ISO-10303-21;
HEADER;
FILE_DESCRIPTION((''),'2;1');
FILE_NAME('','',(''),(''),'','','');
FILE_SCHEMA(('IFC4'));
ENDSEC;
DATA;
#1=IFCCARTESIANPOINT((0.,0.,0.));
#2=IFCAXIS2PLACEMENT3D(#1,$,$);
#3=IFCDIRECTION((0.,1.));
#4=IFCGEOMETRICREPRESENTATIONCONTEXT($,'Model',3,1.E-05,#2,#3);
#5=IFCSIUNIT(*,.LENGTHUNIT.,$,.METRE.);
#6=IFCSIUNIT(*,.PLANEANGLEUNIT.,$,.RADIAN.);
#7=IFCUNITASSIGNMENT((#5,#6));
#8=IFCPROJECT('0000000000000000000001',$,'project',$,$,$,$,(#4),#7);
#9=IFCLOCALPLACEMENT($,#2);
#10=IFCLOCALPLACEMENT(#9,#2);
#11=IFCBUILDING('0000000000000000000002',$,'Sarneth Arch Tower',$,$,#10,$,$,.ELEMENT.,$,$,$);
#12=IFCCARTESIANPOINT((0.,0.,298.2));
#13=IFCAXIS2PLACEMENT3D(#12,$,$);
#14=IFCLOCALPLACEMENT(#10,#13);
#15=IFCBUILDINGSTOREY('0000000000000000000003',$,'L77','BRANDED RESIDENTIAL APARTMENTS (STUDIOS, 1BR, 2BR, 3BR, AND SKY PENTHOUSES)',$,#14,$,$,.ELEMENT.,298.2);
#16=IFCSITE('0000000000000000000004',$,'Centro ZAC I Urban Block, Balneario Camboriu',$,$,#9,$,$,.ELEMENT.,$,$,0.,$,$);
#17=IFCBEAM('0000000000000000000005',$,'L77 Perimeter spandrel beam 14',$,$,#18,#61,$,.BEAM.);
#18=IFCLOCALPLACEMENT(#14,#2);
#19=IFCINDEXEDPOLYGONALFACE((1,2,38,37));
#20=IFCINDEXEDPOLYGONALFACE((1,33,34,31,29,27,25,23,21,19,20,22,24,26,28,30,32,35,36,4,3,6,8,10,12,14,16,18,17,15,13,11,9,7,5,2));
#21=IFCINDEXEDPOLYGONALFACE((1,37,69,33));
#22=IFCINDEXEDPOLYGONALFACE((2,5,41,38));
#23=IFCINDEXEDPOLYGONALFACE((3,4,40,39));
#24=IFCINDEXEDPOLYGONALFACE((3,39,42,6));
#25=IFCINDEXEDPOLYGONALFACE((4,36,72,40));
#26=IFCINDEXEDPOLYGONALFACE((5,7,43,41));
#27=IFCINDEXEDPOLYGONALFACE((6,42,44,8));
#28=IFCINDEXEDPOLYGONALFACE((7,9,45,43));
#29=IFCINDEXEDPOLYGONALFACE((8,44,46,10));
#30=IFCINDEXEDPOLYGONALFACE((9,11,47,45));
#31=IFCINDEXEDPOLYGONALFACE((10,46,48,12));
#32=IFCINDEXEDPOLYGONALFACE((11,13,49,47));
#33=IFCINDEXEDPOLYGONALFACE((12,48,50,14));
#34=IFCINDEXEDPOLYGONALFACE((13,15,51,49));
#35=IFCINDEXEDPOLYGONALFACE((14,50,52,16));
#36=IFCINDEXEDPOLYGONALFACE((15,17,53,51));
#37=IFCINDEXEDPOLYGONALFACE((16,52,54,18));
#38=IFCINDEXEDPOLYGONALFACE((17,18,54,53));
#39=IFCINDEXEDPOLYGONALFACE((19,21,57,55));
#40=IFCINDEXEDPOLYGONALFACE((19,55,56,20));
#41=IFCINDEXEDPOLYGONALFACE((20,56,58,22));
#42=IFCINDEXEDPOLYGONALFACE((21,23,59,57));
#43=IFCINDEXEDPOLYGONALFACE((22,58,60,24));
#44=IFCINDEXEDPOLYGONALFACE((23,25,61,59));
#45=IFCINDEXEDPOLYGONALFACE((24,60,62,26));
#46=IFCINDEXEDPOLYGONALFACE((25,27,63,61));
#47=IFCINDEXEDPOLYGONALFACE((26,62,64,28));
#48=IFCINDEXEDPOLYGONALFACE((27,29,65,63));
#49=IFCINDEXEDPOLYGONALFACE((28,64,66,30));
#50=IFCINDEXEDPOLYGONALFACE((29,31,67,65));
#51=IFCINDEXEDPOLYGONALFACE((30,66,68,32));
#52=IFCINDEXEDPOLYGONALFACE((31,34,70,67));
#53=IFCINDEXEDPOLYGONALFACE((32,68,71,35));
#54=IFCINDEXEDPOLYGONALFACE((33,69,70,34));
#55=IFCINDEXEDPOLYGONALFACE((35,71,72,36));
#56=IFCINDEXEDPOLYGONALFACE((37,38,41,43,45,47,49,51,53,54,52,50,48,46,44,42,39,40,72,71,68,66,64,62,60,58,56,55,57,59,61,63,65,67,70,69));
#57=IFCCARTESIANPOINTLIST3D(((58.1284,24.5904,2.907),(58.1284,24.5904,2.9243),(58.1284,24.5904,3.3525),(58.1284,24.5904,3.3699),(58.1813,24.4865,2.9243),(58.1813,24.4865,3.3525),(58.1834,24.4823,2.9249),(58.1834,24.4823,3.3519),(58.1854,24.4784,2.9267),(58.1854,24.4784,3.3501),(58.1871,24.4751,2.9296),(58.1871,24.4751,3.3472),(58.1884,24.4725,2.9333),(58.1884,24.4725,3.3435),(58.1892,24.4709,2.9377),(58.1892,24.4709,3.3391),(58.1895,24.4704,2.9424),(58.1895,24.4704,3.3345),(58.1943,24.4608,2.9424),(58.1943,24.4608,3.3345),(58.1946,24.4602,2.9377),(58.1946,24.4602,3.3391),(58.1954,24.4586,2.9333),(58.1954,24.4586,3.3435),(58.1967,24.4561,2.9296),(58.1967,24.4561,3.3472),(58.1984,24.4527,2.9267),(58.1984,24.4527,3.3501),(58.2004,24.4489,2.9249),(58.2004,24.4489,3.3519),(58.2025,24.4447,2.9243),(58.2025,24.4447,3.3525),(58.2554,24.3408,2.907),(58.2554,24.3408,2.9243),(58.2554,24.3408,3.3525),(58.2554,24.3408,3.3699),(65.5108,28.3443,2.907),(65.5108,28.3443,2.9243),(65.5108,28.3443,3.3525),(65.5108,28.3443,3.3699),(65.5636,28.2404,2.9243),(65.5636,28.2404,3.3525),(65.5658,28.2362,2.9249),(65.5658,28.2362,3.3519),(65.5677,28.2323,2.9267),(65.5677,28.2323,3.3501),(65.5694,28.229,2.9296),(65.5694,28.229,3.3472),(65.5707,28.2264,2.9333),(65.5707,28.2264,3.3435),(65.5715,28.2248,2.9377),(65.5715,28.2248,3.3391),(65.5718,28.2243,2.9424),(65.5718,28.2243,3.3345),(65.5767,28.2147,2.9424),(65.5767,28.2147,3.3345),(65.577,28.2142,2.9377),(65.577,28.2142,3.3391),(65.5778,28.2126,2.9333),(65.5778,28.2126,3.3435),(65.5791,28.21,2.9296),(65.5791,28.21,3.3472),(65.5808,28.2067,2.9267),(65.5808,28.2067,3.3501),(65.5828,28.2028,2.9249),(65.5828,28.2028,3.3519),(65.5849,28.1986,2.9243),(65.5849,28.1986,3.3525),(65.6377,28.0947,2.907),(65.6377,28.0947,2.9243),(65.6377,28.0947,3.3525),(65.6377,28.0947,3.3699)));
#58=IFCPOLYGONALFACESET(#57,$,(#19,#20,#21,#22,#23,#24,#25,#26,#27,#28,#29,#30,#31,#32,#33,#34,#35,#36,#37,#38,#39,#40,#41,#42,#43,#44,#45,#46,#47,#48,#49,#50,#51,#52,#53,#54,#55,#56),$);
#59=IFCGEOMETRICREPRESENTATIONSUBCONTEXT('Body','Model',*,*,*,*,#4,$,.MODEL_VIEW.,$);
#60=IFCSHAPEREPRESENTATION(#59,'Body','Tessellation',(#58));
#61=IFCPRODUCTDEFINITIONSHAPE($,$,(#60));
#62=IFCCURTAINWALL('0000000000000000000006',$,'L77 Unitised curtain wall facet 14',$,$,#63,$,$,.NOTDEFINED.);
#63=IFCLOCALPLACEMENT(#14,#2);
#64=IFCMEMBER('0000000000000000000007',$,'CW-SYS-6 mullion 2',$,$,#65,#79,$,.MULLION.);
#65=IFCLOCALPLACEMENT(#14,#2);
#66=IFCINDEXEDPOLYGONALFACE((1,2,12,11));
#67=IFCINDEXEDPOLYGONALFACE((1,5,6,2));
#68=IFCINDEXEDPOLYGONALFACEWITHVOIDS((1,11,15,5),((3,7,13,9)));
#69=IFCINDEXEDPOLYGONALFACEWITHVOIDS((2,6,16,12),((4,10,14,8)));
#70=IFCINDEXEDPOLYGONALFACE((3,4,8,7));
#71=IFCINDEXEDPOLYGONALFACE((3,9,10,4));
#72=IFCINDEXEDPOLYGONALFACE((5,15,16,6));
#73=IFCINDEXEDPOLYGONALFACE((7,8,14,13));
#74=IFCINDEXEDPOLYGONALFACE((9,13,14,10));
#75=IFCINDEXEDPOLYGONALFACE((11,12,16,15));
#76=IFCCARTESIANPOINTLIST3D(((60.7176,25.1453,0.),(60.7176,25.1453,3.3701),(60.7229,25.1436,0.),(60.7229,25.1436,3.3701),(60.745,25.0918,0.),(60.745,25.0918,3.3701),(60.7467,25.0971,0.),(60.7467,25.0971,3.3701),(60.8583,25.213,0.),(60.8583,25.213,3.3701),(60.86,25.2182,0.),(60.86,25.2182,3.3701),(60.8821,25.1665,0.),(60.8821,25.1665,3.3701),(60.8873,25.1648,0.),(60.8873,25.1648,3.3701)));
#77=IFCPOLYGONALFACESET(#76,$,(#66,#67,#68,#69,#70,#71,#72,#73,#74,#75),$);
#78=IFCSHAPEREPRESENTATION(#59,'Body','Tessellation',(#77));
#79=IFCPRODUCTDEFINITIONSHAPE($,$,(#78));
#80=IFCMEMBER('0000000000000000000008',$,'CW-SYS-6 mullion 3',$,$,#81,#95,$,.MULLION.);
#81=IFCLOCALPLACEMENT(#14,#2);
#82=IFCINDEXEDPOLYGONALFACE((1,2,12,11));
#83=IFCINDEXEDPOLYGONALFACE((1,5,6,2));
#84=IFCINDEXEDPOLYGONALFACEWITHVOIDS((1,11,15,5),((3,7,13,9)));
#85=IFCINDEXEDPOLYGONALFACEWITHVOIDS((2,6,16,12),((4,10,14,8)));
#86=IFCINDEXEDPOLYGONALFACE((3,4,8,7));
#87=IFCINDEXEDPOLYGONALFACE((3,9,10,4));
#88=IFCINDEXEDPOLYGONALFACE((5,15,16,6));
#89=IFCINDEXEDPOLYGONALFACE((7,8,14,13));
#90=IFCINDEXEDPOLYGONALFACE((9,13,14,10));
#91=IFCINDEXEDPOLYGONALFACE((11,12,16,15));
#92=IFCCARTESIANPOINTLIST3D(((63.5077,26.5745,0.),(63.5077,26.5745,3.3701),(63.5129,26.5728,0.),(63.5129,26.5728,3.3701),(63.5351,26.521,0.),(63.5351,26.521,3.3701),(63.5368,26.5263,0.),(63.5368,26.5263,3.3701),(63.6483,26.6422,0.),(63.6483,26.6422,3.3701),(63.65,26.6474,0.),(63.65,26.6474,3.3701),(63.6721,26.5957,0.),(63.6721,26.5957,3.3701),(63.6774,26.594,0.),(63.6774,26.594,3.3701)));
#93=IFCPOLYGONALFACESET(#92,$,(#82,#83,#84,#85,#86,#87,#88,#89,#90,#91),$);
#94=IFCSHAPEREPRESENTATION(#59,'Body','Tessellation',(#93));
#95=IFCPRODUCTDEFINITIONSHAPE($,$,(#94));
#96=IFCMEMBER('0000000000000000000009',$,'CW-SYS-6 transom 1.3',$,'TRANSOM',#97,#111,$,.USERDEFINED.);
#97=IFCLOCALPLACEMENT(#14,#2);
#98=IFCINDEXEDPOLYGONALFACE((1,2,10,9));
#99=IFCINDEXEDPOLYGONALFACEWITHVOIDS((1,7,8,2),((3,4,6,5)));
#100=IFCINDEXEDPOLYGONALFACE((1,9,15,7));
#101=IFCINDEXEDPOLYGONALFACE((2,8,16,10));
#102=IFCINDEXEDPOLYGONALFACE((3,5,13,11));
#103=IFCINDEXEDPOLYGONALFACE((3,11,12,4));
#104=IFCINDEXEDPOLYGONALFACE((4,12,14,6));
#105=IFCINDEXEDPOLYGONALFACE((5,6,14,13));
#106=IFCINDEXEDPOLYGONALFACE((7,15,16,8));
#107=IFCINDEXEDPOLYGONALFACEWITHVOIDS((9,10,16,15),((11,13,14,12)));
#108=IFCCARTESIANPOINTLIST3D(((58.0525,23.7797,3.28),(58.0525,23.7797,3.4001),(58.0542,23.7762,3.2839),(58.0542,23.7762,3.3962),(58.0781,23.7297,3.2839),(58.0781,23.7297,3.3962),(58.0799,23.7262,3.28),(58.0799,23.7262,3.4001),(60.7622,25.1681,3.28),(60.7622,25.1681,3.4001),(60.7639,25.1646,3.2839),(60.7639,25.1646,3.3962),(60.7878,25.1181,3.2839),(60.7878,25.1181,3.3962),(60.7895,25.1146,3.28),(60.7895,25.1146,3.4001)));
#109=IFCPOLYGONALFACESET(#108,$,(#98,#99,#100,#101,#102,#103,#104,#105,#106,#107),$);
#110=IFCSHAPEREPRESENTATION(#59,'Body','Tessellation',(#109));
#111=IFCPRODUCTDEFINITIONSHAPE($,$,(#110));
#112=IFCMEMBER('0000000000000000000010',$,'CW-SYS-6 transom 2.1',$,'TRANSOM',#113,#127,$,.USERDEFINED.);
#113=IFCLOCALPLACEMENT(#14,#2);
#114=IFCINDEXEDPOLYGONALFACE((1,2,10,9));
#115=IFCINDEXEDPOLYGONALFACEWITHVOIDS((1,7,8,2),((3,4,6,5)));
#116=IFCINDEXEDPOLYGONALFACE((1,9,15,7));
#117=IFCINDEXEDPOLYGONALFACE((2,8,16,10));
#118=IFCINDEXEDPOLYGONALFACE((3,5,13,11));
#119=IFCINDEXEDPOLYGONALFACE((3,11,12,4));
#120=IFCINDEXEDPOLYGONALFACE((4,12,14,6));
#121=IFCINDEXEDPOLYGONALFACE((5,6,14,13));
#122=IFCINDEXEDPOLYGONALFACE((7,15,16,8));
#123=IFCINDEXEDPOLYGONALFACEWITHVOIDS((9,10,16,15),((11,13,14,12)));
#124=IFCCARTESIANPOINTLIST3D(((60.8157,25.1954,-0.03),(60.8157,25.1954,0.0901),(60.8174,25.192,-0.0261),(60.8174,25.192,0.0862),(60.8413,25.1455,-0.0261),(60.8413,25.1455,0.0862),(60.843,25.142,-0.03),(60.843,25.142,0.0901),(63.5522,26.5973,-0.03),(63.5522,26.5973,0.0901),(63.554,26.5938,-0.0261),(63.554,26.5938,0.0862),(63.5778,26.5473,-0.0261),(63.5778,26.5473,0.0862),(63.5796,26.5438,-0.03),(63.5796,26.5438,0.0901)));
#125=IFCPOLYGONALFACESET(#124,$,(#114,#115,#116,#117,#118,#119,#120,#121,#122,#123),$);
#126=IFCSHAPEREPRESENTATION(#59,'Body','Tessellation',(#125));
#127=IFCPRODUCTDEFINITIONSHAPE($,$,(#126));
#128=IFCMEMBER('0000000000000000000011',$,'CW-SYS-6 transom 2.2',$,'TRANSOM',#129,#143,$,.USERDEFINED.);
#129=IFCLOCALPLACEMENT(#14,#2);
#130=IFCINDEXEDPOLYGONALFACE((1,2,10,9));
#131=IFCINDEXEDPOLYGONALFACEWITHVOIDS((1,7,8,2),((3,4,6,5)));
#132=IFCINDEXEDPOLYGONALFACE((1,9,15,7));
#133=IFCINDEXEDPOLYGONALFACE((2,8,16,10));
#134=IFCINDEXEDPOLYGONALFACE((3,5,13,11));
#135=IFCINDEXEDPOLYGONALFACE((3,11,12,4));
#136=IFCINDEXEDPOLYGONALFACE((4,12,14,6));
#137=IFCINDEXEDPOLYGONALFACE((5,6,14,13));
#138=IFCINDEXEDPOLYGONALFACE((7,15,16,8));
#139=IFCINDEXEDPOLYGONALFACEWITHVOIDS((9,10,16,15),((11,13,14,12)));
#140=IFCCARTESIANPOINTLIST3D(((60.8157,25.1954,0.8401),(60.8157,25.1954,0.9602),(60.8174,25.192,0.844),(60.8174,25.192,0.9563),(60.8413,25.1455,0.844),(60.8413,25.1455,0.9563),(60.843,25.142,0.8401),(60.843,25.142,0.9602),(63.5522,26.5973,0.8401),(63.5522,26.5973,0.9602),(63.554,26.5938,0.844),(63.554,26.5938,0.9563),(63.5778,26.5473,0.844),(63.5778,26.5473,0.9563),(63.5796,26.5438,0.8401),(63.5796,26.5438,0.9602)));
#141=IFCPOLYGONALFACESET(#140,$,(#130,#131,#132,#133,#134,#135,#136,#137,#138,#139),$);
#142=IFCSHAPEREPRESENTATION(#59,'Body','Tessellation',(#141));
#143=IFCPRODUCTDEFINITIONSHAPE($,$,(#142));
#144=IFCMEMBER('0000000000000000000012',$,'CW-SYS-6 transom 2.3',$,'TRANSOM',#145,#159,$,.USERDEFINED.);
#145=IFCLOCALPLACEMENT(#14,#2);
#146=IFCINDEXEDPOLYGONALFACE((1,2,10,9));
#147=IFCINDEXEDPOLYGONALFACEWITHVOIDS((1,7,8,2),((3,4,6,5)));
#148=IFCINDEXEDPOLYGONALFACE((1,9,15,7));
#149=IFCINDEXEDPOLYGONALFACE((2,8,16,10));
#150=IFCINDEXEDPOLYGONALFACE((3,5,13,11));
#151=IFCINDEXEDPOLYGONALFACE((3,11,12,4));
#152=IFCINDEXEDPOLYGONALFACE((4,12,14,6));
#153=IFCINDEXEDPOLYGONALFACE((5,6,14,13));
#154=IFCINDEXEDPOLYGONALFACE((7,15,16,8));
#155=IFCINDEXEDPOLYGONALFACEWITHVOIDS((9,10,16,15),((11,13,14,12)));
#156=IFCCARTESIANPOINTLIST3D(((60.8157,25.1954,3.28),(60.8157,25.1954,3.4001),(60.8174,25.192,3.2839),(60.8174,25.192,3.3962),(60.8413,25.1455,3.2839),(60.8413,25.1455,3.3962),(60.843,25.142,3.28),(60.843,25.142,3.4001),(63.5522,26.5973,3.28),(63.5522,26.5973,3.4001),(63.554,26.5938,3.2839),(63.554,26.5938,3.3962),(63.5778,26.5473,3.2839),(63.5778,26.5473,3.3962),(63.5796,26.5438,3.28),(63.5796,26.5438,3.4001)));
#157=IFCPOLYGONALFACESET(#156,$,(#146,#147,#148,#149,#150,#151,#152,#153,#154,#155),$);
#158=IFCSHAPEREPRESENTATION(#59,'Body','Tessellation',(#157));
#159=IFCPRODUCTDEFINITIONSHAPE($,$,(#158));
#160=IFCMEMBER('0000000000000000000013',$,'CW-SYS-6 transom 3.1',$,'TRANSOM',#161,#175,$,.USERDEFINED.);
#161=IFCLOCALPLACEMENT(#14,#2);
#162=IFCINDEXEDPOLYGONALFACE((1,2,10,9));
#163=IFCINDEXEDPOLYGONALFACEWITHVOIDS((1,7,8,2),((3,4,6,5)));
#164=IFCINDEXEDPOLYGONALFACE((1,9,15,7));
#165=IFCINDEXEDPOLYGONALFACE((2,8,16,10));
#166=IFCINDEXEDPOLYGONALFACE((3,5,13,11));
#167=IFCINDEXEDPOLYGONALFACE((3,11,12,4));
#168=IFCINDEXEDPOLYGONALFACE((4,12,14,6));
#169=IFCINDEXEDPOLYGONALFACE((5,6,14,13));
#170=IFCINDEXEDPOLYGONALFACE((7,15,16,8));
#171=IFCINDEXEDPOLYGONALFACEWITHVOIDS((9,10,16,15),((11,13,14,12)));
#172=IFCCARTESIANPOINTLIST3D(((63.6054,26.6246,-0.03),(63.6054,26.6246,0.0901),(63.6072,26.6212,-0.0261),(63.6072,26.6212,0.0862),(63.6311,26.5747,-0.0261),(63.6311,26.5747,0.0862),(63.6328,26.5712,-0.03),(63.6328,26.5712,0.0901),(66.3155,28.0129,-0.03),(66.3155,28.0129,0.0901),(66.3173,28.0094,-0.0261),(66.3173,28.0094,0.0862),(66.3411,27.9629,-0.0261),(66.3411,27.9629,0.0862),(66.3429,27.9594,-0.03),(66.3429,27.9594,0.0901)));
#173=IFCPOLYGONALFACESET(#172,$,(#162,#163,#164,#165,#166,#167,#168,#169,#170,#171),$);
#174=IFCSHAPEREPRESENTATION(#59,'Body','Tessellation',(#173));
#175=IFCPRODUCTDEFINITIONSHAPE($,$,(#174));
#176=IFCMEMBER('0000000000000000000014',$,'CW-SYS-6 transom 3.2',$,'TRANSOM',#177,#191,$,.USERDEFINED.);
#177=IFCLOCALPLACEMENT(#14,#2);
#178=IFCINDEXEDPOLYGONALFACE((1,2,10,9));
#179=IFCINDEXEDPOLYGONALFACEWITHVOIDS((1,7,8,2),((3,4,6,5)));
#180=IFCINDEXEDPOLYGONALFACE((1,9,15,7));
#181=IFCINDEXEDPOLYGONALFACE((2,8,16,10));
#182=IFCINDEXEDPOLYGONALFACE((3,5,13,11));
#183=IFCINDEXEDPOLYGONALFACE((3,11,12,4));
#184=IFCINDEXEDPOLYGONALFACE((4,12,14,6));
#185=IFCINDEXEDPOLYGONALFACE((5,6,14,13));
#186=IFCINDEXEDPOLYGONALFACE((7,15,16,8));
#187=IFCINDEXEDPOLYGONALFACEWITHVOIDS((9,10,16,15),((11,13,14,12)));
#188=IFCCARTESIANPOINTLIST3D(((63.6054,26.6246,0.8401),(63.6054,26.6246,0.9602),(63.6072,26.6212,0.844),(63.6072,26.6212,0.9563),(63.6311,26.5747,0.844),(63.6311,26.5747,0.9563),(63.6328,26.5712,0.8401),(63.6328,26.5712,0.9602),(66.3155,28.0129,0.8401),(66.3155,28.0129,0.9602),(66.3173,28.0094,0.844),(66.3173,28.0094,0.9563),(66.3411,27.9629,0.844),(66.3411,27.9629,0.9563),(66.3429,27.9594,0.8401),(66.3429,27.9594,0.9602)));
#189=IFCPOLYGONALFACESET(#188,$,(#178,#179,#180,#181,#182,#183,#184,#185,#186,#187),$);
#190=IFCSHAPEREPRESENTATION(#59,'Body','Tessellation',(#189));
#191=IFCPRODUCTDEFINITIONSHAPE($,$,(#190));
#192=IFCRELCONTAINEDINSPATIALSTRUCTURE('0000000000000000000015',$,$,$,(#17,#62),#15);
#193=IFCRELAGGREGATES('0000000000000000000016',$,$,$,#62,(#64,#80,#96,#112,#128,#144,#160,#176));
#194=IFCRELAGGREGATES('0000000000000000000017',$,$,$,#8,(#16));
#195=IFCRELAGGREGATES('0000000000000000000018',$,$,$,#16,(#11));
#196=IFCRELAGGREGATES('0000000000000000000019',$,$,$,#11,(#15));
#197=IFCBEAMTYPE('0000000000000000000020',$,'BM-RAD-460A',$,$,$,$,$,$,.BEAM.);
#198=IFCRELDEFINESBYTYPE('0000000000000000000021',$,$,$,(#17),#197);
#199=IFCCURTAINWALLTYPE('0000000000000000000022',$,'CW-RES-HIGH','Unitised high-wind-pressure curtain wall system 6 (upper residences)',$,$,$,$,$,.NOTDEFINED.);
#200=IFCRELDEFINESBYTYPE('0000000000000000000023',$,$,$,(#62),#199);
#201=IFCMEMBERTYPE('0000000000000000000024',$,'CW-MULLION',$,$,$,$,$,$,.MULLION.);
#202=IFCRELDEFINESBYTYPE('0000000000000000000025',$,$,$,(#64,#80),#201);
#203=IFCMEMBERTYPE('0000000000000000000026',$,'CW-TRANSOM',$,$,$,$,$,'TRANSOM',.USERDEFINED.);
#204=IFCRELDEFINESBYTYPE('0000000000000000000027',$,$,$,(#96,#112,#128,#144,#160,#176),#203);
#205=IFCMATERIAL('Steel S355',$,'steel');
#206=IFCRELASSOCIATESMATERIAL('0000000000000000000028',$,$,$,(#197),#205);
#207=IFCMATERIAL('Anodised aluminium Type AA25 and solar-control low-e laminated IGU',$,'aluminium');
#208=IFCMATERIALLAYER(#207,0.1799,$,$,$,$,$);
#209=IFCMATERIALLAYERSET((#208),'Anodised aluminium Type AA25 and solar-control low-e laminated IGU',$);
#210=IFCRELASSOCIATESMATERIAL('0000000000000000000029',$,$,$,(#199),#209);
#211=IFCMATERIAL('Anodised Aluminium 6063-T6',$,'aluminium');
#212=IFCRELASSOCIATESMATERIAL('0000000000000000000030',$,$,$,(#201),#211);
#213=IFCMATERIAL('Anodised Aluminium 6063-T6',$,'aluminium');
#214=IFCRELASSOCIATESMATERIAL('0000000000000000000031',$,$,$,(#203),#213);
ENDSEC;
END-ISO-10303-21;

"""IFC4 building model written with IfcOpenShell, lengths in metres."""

from ifc_helpers import new_model, si_unit, direction, frame, origin, origin_2d, place, context, subcontext, project, spatial, hollow_rectangle, i_section, extrude, material, layer, layer_set, material_profile, profile_set, type_object, element, aggregate, save


model = new_model("IFC4")

# Units and contexts
model_context = context("Model", 3, precision=1e-05, world=origin(), true_north=direction((0.0, 1.0)))
body_context = subcontext(model_context, "Body", "Model", "MODEL_VIEW")
ifc_project = project(units=[si_unit("LENGTHUNIT", "METRE"), si_unit("PLANEANGLEUNIT", "RADIAN")], contexts=[model_context])

# Site, building, storey
site_placement = place(None, origin())
site = spatial("IfcSite", under=ifc_project, at=site_placement, Name="Centro ZAC I Urban Block, Balneario Camboriu", CompositionType="ELEMENT", RefElevation=0.0)
building_placement = place(site_placement, origin())
building = spatial("IfcBuilding", under=site, at=building_placement, Name="Sarneth Arch Tower", CompositionType="ELEMENT")
storey_placement = place(building_placement, frame((0.0, 0.0, 298.2)))
storey = spatial("IfcBuildingStorey", under=building, at=storey_placement, Name="L77", Description="BRANDED RESIDENTIAL APARTMENTS (STUDIOS, 1BR, 2BR, 3BR, AND SKY PENTHOUSES)", CompositionType="ELEMENT", Elevation=298.2)

# Beam
ifc_material_1 = material(Name="Steel S355", Category="steel")
ifc_material_profile_1 = material_profile(ifc_material_1, i_section(OverallWidth=0.28, OverallDepth=0.4629, WebThickness=0.0107, FlangeThickness=0.0173, FilletRadius=0.0181, at=origin_2d()), Name="W460x113")
ifc_profile_set_1 = profile_set([ifc_material_profile_1], Name="Steel S355")
beam_type = type_object("IfcBeamType", Name="BM-RAD-460A", PredefinedType="BEAM", material=ifc_profile_set_1)
beam_placement = place(storey_placement, frame((58.1919, 24.4656, 3.1384), z_axis=(0.891376, 0.453264, 0.0), x_axis=(-0.453264, 0.891376, 0.0)))
element("IfcBeam", 1, at=beam_placement, inside=storey, type_object=beam_type, Name="L77 Perimeter spandrel beam 14", PredefinedType="BEAM", context=body_context, shape_type="SweptSolid", body=[
    extrude(i_section(OverallWidth=0.28, OverallDepth=0.4629, WebThickness=0.0107, FlangeThickness=0.0173, FilletRadius=0.0181, at=origin_2d()), origin(), (0.0, 0.0, 1.0), 8.282),
])

# Curtain wall, members
ifc_material_2 = material(Name="Anodised aluminium Type AA25 and solar-control low-e laminated IGU", Category="aluminium")
ifc_layer_1 = layer(ifc_material_2, 0.1799)
ifc_layer_set_1 = layer_set([ifc_layer_1], Name="Anodised aluminium Type AA25 and solar-control low-e laminated IGU")
curtain_wall_type = type_object("IfcCurtainWallType", Name="CW-RES-HIGH", Description="Unitised high-wind-pressure curtain wall system 6 (upper residences)", PredefinedType="NOTDEFINED", material=ifc_layer_set_1)
curtain_wall_placement = place(storey_placement, origin())
curtain_wall = element("IfcCurtainWall", 2, at=curtain_wall_placement, inside=storey, type_object=curtain_wall_type, Name="L77 Unitised curtain wall facet 14", PredefinedType="NOTDEFINED")
ifc_material_3 = material(Name="Anodised Aluminium 6063-T6", Category="aluminium")
ifc_material_profile_2 = material_profile(ifc_material_3, hollow_rectangle(XDim=0.0601, YDim=0.1599, WallThickness=0.0039, at=origin_2d()), Name="AL-MULL-160x60x4")
ifc_profile_set_2 = profile_set([ifc_material_profile_2], Name="Anodised Aluminium 6063-T6")
member_type_1 = type_object("IfcMemberType", Name="CW-MULLION", PredefinedType="MULLION", material=ifc_profile_set_2)
member_1_placement = place(storey_placement, frame((60.8025, 25.155, 0.0), z_axis=(0.0, 0.0, 1.0), x_axis=(-0.455942, 0.89001, 0.0)))
member_1 = element("IfcMember", 3, at=member_1_placement, type_object=member_type_1, Name="CW-SYS-6 mullion 2", PredefinedType="MULLION", context=body_context, shape_type="SweptSolid", body=[
    extrude(hollow_rectangle(XDim=0.0601, YDim=0.1599, WallThickness=0.0039, at=origin_2d()), origin(), (0.0, 0.0, 1.0), 3.3701),
])
member_2_placement = place(storey_placement, frame((63.5925, 26.5842, 0.0), z_axis=(0.0, 0.0, 1.0), x_axis=(-0.455942, 0.89001, 0.0)))
member_2 = element("IfcMember", 4, at=member_2_placement, type_object=member_type_1, Name="CW-SYS-6 mullion 3", PredefinedType="MULLION", context=body_context, shape_type="SweptSolid", body=[
    extrude(hollow_rectangle(XDim=0.0601, YDim=0.1599, WallThickness=0.0039, at=origin_2d()), origin(), (0.0, 0.0, 1.0), 3.3701),
])
ifc_material_4 = material(Name="Anodised Aluminium 6063-T6", Category="aluminium")
ifc_material_profile_3 = material_profile(ifc_material_4, hollow_rectangle(XDim=0.0601, YDim=0.1201, WallThickness=0.0039, at=origin_2d()), Name="AL-TRAN-120x60x4")
ifc_profile_set_3 = profile_set([ifc_material_profile_3], Name="Anodised Aluminium 6063-T6")
member_type_2 = type_object("IfcMemberType", Name="CW-TRANSOM", ElementType="TRANSOM", PredefinedType="USERDEFINED", material=ifc_profile_set_3)
member_3_placement = place(storey_placement, frame((58.0662, 23.7529, 3.3401), z_axis=(0.889974, 0.456012, 0.0), x_axis=(-0.456012, 0.889974, 0.0)))
member_3 = element("IfcMember", 5, at=member_3_placement, type_object=member_type_2, Name="CW-SYS-6 transom 1.3", ObjectType="TRANSOM", PredefinedType="USERDEFINED", context=body_context, shape_type="SweptSolid", body=[
    extrude(hollow_rectangle(XDim=0.0601, YDim=0.1201, WallThickness=0.0039, at=origin_2d()), origin(), (0.0, 0.0, 1.0), 3.0447),
])
member_4_placement = place(storey_placement, frame((60.8293, 25.1687, 0.03), z_axis=(0.890017, 0.455926, 0.0), x_axis=(-0.455926, 0.890017, 0.0)))
member_4 = element("IfcMember", 6, at=member_4_placement, type_object=member_type_2, Name="CW-SYS-6 transom 2.1", ObjectType="TRANSOM", PredefinedType="USERDEFINED", context=body_context, shape_type="SweptSolid", body=[
    extrude(hollow_rectangle(XDim=0.0601, YDim=0.1201, WallThickness=0.0039, at=origin_2d()), origin(), (0.0, 0.0, 1.0), 3.0747),
])
member_5_placement = place(storey_placement, frame((60.8293, 25.1687, 0.9001), z_axis=(0.890017, 0.455926, 0.0), x_axis=(-0.455926, 0.890017, 0.0)))
member_5 = element("IfcMember", 7, at=member_5_placement, type_object=member_type_2, Name="CW-SYS-6 transom 2.2", ObjectType="TRANSOM", PredefinedType="USERDEFINED", context=body_context, shape_type="SweptSolid", body=[
    extrude(hollow_rectangle(XDim=0.0601, YDim=0.1201, WallThickness=0.0039, at=origin_2d()), origin(), (0.0, 0.0, 1.0), 3.0747),
])
member_6_placement = place(storey_placement, frame((60.8293, 25.1687, 3.3401), z_axis=(0.890017, 0.455926, 0.0), x_axis=(-0.455926, 0.890017, 0.0)))
member_6 = element("IfcMember", 8, at=member_6_placement, type_object=member_type_2, Name="CW-SYS-6 transom 2.3", ObjectType="TRANSOM", PredefinedType="USERDEFINED", context=body_context, shape_type="SweptSolid", body=[
    extrude(hollow_rectangle(XDim=0.0601, YDim=0.1201, WallThickness=0.0039, at=origin_2d()), origin(), (0.0, 0.0, 1.0), 3.0747),
])
member_7_placement = place(storey_placement, frame((63.6191, 26.5979, 0.03), z_axis=(0.890023, 0.455916, 0.0), x_axis=(-0.455916, 0.890023, 0.0)))
member_7 = element("IfcMember", 9, at=member_7_placement, type_object=member_type_2, Name="CW-SYS-6 transom 3.1", ObjectType="TRANSOM", PredefinedType="USERDEFINED", context=body_context, shape_type="SweptSolid", body=[
    extrude(hollow_rectangle(XDim=0.0601, YDim=0.1201, WallThickness=0.0039, at=origin_2d()), origin(), (0.0, 0.0, 1.0), 3.0449),
])
member_8_placement = place(storey_placement, frame((63.6191, 26.5979, 0.9001), z_axis=(0.890023, 0.455916, 0.0), x_axis=(-0.455916, 0.890023, 0.0)))
member_8 = element("IfcMember", 10, at=member_8_placement, type_object=member_type_2, Name="CW-SYS-6 transom 3.2", ObjectType="TRANSOM", PredefinedType="USERDEFINED", context=body_context, shape_type="SweptSolid", body=[
    extrude(hollow_rectangle(XDim=0.0601, YDim=0.1201, WallThickness=0.0039, at=origin_2d()), origin(), (0.0, 0.0, 1.0), 3.0449),
])
aggregate(curtain_wall, [member_1, member_2, member_3, member_4, member_5, member_6, member_7, member_8])

save(model, "model.ifc")
